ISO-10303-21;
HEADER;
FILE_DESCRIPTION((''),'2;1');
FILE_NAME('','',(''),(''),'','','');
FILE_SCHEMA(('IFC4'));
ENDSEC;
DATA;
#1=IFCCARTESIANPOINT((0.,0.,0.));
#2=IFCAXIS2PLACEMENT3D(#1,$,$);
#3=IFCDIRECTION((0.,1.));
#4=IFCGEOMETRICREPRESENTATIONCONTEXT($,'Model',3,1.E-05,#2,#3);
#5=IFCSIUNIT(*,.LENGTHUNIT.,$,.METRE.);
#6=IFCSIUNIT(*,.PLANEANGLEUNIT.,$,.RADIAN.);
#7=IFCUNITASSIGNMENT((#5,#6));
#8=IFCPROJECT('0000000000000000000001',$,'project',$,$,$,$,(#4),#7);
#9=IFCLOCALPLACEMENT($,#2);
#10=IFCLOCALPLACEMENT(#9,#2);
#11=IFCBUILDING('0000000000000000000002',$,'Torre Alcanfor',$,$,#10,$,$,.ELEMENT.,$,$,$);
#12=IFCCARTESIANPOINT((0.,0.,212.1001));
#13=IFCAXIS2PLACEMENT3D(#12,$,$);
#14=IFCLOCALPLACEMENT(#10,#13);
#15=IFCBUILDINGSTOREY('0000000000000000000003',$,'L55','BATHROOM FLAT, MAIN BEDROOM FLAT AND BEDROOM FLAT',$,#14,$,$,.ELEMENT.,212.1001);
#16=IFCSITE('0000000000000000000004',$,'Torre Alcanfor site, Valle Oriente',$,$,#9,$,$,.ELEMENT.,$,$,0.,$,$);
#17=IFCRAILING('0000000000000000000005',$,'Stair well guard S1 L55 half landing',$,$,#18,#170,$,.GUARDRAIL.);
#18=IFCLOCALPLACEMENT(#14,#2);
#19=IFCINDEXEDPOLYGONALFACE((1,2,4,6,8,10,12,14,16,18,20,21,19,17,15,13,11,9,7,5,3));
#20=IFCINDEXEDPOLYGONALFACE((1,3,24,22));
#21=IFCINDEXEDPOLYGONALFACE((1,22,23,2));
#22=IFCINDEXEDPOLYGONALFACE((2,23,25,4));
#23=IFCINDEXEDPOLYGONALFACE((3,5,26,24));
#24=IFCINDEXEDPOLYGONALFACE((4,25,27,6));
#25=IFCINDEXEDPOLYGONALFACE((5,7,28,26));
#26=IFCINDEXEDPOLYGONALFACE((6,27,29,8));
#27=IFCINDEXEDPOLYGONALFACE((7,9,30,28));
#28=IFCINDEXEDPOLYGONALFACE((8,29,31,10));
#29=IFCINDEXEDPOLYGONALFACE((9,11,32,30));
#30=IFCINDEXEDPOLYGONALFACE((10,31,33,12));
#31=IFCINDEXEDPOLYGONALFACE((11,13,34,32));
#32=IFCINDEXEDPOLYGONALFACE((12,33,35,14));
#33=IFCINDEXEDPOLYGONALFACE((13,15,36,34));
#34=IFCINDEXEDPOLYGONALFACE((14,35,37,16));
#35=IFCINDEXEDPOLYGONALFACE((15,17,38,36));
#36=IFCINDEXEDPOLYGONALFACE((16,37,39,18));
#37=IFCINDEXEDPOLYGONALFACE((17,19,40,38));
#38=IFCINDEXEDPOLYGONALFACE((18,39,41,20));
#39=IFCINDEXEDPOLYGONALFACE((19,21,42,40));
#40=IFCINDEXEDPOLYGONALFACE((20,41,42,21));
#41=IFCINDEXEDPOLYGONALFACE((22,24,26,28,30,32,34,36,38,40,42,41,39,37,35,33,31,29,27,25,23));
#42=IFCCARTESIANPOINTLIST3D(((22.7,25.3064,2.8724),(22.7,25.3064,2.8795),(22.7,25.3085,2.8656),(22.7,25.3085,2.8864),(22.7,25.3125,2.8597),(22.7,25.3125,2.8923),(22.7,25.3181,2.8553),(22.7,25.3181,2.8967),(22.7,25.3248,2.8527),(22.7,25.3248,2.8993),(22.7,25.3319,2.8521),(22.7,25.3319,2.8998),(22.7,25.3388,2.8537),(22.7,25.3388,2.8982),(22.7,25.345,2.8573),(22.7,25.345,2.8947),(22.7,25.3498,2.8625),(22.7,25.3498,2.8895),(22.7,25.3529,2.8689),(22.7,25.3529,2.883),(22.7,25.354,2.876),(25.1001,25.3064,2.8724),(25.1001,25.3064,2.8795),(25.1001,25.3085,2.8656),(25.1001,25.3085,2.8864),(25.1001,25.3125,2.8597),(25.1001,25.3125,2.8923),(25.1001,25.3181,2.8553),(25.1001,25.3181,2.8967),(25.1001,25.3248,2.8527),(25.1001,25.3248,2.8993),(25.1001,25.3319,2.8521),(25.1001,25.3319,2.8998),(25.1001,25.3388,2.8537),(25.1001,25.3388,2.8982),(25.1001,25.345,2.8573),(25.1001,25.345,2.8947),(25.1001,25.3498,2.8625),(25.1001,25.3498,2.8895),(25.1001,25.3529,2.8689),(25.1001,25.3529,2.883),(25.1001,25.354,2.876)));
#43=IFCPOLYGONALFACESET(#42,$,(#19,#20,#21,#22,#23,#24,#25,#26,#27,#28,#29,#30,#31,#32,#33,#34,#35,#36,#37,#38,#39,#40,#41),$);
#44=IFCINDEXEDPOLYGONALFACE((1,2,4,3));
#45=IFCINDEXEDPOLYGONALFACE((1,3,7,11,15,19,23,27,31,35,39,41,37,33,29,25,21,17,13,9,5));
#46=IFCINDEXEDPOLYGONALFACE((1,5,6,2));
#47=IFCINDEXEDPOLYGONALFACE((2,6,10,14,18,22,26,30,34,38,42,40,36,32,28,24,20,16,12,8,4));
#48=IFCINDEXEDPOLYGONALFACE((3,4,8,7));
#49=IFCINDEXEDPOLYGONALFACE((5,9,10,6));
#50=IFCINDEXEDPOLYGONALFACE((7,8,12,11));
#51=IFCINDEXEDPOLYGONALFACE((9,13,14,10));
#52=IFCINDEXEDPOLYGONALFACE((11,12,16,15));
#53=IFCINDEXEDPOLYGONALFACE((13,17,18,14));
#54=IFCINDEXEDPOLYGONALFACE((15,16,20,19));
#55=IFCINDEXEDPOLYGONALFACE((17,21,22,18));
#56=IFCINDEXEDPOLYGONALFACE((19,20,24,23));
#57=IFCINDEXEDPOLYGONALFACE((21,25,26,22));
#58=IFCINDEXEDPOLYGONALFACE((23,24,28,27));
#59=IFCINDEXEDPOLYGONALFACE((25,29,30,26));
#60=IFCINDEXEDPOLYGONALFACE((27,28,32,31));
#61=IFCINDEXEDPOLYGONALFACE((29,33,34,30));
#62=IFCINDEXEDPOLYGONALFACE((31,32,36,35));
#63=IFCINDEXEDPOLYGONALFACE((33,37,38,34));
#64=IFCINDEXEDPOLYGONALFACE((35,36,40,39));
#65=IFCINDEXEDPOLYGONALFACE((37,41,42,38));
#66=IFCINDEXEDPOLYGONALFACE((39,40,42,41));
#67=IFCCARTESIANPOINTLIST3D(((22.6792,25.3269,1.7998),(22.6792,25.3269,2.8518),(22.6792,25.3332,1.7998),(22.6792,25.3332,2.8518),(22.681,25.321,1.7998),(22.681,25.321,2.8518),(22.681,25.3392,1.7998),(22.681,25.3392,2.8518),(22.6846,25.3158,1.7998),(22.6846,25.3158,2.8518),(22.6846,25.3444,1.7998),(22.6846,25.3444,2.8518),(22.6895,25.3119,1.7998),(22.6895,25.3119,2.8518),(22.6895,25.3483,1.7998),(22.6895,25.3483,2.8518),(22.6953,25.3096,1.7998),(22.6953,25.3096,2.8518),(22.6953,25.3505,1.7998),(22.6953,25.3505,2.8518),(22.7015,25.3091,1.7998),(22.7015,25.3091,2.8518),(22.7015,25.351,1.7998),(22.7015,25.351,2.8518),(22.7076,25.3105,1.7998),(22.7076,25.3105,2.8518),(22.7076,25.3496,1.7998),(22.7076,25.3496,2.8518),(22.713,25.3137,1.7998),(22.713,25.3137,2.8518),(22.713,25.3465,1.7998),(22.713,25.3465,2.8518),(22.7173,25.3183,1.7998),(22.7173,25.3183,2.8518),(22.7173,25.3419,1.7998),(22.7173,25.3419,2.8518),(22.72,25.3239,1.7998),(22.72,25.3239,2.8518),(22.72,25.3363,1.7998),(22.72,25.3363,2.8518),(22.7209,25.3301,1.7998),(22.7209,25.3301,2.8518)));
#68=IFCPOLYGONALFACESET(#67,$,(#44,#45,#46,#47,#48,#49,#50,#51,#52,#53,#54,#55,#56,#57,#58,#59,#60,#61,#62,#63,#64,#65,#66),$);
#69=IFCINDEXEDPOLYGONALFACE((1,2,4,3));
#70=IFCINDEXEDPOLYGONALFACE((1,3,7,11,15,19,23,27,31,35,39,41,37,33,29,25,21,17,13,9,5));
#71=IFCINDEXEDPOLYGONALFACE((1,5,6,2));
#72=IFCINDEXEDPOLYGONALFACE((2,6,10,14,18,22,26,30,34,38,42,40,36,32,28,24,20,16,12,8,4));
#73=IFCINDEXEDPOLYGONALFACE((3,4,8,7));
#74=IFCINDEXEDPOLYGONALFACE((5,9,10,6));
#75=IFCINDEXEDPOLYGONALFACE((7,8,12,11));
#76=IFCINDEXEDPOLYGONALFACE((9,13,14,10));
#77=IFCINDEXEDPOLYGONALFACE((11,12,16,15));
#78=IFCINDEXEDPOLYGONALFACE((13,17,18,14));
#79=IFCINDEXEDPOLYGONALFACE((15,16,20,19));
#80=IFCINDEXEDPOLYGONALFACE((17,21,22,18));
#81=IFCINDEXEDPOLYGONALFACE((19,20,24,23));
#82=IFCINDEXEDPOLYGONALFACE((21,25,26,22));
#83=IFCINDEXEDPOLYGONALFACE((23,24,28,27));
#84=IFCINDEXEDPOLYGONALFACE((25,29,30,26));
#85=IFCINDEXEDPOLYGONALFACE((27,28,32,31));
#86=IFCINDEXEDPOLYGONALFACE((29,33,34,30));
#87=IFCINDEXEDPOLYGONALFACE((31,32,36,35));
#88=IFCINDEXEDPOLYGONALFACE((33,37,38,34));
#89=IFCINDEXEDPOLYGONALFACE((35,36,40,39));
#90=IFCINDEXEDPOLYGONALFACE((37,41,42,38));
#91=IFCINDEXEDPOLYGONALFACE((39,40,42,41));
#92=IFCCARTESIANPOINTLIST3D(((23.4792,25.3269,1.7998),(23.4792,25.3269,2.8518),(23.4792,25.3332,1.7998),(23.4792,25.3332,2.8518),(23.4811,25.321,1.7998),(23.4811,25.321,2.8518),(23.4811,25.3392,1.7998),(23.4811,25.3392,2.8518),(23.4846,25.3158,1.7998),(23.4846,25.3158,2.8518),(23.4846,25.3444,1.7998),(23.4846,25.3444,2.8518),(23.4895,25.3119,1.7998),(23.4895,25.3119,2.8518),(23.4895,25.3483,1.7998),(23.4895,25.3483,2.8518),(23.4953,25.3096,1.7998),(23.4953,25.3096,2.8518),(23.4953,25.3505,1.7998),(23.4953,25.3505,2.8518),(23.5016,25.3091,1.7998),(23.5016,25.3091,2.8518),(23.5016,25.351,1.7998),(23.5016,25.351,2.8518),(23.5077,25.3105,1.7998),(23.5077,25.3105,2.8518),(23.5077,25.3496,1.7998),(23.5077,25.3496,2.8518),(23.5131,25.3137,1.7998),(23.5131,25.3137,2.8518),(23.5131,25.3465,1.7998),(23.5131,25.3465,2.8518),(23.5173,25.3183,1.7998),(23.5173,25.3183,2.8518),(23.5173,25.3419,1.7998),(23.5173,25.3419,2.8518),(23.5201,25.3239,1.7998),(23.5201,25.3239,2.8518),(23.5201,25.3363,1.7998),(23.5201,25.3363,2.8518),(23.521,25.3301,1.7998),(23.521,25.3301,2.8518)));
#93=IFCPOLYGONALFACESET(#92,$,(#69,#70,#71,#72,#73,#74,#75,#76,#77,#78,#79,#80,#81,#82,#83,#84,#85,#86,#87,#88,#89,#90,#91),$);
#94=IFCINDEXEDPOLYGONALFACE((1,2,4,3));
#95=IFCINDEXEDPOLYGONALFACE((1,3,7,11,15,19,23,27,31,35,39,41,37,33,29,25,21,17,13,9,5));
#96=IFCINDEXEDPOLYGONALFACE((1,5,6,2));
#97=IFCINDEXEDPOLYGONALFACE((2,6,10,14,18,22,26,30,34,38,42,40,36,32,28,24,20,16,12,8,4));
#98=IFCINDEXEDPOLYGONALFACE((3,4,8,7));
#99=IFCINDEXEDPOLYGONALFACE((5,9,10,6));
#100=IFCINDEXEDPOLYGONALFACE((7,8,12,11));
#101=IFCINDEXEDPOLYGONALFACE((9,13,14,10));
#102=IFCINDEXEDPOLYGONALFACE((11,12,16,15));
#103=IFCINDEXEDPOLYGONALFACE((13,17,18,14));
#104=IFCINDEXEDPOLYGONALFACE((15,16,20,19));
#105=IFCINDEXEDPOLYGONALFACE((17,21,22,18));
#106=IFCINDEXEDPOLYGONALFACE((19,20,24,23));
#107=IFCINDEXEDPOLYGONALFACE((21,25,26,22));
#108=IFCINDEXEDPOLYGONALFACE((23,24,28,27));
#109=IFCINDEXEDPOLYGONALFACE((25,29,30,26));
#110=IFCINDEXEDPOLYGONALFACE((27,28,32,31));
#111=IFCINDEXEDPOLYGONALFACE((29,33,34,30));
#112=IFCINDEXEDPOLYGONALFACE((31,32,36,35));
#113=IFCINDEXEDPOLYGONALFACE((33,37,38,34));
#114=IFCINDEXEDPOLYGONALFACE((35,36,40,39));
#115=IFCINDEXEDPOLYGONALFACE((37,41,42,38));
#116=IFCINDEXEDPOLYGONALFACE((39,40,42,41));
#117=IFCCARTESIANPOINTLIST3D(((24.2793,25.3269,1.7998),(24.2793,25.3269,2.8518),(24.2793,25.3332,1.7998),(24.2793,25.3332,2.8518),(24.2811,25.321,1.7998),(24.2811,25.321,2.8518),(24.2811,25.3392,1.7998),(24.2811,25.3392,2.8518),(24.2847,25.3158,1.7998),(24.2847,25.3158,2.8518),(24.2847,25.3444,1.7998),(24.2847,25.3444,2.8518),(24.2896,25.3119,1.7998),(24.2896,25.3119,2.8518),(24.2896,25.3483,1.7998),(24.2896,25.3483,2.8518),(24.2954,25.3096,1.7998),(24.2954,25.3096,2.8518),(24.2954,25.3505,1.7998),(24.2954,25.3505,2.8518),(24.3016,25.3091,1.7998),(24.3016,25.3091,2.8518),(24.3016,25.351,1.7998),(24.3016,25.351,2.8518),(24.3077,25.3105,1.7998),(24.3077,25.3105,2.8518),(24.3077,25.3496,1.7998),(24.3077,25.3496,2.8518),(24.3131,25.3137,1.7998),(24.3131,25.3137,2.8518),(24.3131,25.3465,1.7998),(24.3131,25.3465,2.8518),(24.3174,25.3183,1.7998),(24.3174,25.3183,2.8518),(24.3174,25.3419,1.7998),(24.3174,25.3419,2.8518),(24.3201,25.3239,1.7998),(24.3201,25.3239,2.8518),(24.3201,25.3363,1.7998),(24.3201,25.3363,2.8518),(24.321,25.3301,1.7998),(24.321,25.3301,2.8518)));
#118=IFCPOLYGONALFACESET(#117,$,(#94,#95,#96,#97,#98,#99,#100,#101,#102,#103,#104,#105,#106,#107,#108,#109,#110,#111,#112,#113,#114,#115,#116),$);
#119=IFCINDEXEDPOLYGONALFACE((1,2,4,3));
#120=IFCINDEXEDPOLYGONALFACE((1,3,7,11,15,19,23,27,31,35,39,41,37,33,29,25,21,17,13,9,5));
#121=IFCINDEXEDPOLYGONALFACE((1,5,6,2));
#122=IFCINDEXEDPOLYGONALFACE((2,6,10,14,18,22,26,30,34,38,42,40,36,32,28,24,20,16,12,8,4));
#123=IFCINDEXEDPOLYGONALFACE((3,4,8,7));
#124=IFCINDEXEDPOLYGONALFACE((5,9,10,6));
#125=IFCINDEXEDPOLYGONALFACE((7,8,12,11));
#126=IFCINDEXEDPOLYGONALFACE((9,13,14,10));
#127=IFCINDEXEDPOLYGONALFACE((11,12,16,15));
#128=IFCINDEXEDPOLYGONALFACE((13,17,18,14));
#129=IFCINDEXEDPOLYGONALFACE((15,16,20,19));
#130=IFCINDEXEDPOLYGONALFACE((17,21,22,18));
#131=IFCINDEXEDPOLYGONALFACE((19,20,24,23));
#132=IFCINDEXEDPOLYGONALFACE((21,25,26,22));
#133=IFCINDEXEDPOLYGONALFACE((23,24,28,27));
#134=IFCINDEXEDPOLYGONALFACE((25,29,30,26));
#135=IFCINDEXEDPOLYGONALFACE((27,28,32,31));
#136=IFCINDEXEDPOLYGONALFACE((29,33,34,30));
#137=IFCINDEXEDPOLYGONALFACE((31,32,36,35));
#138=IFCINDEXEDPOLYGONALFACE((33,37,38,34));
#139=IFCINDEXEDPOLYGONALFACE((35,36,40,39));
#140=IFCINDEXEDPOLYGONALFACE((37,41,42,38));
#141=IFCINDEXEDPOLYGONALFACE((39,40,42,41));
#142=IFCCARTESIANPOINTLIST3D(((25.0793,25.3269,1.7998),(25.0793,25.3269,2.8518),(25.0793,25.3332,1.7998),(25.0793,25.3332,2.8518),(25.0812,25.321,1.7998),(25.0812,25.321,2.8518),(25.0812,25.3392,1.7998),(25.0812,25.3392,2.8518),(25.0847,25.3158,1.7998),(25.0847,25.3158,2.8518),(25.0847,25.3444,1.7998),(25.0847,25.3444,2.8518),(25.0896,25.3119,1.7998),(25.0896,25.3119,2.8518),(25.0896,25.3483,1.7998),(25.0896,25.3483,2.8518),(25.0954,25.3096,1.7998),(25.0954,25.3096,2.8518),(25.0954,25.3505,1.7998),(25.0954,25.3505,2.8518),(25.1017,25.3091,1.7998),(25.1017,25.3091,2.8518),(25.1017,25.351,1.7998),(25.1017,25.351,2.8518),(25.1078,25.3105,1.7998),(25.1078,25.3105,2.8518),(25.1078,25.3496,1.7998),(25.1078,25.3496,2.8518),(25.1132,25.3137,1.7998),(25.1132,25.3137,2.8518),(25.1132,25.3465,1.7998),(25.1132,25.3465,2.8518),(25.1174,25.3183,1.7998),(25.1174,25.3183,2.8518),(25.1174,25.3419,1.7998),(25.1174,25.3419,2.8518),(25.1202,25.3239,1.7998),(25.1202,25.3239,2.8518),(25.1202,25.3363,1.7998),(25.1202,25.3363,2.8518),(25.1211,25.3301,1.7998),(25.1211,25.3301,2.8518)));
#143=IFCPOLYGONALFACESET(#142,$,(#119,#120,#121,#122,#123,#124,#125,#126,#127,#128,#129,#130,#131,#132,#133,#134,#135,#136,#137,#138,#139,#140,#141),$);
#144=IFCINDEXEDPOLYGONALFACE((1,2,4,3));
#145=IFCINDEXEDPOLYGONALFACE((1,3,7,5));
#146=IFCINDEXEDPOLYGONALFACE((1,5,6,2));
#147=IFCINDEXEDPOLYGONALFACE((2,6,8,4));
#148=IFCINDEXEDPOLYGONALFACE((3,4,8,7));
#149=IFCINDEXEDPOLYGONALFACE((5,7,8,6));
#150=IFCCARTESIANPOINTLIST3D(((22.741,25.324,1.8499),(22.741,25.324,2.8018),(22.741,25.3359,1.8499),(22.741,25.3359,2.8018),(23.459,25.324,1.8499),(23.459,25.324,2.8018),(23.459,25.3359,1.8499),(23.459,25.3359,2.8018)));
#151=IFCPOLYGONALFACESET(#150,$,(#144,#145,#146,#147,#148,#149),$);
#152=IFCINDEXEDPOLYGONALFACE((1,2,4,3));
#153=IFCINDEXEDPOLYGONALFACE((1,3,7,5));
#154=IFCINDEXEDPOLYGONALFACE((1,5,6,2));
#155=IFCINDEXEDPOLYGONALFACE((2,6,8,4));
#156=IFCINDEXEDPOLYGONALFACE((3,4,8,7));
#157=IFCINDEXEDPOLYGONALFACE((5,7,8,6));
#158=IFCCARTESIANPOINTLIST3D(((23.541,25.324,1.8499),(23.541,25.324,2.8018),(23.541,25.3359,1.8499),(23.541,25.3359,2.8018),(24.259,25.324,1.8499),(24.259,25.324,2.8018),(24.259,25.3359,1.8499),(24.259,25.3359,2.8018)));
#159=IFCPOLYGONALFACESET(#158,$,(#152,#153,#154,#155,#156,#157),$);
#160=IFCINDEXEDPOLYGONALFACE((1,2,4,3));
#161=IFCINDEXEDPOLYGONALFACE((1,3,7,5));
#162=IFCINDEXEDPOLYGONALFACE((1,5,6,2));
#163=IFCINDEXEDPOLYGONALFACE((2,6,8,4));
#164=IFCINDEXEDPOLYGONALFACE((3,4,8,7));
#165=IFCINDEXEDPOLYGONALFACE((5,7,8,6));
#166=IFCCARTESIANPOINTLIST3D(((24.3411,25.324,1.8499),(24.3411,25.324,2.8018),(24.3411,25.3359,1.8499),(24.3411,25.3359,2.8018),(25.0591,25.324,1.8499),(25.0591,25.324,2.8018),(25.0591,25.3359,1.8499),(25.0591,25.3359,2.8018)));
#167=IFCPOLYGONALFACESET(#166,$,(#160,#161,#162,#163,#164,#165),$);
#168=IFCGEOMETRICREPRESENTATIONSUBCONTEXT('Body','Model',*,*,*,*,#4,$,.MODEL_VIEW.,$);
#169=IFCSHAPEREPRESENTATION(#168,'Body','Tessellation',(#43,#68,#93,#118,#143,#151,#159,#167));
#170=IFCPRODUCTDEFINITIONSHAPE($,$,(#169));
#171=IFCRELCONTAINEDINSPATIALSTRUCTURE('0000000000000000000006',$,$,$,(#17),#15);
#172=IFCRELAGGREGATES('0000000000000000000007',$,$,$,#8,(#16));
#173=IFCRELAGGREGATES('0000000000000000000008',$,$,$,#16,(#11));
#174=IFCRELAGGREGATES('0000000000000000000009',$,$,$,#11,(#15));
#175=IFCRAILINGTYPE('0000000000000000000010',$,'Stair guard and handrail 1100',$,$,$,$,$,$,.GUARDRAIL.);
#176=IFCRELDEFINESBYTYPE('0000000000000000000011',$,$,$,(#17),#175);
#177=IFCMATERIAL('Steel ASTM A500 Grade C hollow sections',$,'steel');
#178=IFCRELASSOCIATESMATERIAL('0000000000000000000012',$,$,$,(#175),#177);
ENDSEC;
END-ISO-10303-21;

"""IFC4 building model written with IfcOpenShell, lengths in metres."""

from ifc_helpers import new_model, si_unit, direction, frame, origin, origin_2d, place, context, subcontext, project, spatial, polyline, circle, outline, extrude, material, type_object, element, save


model = new_model("IFC4")

# Units and contexts
model_context = context("Model", 3, precision=1e-05, world=origin(), true_north=direction((0.0, 1.0)))
body_context = subcontext(model_context, "Body", "Model", "MODEL_VIEW")
ifc_project = project(units=[si_unit("LENGTHUNIT", "METRE"), si_unit("PLANEANGLEUNIT", "RADIAN")], contexts=[model_context])

# Site, building, storey
site_placement = place(None, origin())
site = spatial("IfcSite", under=ifc_project, at=site_placement, Name="Torre Alcanfor site, Valle Oriente", CompositionType="ELEMENT", RefElevation=0.0)
building_placement = place(site_placement, origin())
building = spatial("IfcBuilding", under=site, at=building_placement, Name="Torre Alcanfor", CompositionType="ELEMENT")
storey_placement = place(building_placement, frame((0.0, 0.0, 212.1001)))
storey = spatial("IfcBuildingStorey", under=building, at=storey_placement, Name="L55", Description="BATHROOM FLAT, MAIN BEDROOM FLAT AND BEDROOM FLAT", CompositionType="ELEMENT", Elevation=212.1001)

# Railing
ifc_material_1 = material(Name="Steel ASTM A500 Grade C hollow sections", Category="steel")
railing_type_1 = type_object("IfcRailingType", Name="Stair guard and handrail 1100", PredefinedType="GUARDRAIL", material=ifc_material_1)
railing_1_placement = place(storey_placement, frame((22.7, 25.3301, 1.7998)))
element("IfcRailing", 1, at=railing_1_placement, inside=storey, type_object=railing_type_1, Name="Stair well guard S1 L55 half landing", PredefinedType="GUARDRAIL", context=body_context, shape_type="SweptSolid", body=[
    extrude(circle(Radius=0.0239, at=origin_2d()), frame((0.0, 0.0, 1.0762), z_axis=(1.0, 0.0, 0.0), x_axis=(0.0, 1.0, 0.0)), (0.0, 0.0, 1.0), 2.4001),
    extrude(circle(Radius=0.021, at=origin_2d()), origin(), (0.0, 0.0, 1.0), 1.052),
    extrude(circle(Radius=0.021, at=origin_2d()), frame((0.8, 0.0, 0.0)), (0.0, 0.0, 1.0), 1.052),
    extrude(circle(Radius=0.021, at=origin_2d()), frame((1.6001, 0.0, 0.0)), (0.0, 0.0, 1.0), 1.052),
    extrude(circle(Radius=0.021, at=origin_2d()), frame((2.4001, 0.0, 0.0)), (0.0, 0.0, 1.0), 1.052),
    extrude(outline(polyline([(0.041, 0.05), (0.759, 0.05), (0.759, 1.002), (0.041, 1.002), (0.041, 0.05)])), frame((0.0, 0.0059, 0.0), z_axis=(0.0, -1.0, 0.0), x_axis=(1.0, 0.0, 0.0)), (0.0, 0.0, 1.0), 0.012),
    extrude(outline(polyline([(0.8411, 0.05), (1.5591, 0.05), (1.5591, 1.002), (0.8411, 1.002), (0.8411, 0.05)])), frame((0.0, 0.0059, 0.0), z_axis=(0.0, -1.0, 0.0), x_axis=(1.0, 0.0, 0.0)), (0.0, 0.0, 1.0), 0.012),
    extrude(outline(polyline([(1.6411, 0.05), (2.3591, 0.05), (2.3591, 1.002), (1.6411, 1.002), (1.6411, 0.05)])), frame((0.0, 0.0059, 0.0), z_axis=(0.0, -1.0, 0.0), x_axis=(1.0, 0.0, 0.0)), (0.0, 0.0, 1.0), 0.012),
])

save(model, "model.ifc")
